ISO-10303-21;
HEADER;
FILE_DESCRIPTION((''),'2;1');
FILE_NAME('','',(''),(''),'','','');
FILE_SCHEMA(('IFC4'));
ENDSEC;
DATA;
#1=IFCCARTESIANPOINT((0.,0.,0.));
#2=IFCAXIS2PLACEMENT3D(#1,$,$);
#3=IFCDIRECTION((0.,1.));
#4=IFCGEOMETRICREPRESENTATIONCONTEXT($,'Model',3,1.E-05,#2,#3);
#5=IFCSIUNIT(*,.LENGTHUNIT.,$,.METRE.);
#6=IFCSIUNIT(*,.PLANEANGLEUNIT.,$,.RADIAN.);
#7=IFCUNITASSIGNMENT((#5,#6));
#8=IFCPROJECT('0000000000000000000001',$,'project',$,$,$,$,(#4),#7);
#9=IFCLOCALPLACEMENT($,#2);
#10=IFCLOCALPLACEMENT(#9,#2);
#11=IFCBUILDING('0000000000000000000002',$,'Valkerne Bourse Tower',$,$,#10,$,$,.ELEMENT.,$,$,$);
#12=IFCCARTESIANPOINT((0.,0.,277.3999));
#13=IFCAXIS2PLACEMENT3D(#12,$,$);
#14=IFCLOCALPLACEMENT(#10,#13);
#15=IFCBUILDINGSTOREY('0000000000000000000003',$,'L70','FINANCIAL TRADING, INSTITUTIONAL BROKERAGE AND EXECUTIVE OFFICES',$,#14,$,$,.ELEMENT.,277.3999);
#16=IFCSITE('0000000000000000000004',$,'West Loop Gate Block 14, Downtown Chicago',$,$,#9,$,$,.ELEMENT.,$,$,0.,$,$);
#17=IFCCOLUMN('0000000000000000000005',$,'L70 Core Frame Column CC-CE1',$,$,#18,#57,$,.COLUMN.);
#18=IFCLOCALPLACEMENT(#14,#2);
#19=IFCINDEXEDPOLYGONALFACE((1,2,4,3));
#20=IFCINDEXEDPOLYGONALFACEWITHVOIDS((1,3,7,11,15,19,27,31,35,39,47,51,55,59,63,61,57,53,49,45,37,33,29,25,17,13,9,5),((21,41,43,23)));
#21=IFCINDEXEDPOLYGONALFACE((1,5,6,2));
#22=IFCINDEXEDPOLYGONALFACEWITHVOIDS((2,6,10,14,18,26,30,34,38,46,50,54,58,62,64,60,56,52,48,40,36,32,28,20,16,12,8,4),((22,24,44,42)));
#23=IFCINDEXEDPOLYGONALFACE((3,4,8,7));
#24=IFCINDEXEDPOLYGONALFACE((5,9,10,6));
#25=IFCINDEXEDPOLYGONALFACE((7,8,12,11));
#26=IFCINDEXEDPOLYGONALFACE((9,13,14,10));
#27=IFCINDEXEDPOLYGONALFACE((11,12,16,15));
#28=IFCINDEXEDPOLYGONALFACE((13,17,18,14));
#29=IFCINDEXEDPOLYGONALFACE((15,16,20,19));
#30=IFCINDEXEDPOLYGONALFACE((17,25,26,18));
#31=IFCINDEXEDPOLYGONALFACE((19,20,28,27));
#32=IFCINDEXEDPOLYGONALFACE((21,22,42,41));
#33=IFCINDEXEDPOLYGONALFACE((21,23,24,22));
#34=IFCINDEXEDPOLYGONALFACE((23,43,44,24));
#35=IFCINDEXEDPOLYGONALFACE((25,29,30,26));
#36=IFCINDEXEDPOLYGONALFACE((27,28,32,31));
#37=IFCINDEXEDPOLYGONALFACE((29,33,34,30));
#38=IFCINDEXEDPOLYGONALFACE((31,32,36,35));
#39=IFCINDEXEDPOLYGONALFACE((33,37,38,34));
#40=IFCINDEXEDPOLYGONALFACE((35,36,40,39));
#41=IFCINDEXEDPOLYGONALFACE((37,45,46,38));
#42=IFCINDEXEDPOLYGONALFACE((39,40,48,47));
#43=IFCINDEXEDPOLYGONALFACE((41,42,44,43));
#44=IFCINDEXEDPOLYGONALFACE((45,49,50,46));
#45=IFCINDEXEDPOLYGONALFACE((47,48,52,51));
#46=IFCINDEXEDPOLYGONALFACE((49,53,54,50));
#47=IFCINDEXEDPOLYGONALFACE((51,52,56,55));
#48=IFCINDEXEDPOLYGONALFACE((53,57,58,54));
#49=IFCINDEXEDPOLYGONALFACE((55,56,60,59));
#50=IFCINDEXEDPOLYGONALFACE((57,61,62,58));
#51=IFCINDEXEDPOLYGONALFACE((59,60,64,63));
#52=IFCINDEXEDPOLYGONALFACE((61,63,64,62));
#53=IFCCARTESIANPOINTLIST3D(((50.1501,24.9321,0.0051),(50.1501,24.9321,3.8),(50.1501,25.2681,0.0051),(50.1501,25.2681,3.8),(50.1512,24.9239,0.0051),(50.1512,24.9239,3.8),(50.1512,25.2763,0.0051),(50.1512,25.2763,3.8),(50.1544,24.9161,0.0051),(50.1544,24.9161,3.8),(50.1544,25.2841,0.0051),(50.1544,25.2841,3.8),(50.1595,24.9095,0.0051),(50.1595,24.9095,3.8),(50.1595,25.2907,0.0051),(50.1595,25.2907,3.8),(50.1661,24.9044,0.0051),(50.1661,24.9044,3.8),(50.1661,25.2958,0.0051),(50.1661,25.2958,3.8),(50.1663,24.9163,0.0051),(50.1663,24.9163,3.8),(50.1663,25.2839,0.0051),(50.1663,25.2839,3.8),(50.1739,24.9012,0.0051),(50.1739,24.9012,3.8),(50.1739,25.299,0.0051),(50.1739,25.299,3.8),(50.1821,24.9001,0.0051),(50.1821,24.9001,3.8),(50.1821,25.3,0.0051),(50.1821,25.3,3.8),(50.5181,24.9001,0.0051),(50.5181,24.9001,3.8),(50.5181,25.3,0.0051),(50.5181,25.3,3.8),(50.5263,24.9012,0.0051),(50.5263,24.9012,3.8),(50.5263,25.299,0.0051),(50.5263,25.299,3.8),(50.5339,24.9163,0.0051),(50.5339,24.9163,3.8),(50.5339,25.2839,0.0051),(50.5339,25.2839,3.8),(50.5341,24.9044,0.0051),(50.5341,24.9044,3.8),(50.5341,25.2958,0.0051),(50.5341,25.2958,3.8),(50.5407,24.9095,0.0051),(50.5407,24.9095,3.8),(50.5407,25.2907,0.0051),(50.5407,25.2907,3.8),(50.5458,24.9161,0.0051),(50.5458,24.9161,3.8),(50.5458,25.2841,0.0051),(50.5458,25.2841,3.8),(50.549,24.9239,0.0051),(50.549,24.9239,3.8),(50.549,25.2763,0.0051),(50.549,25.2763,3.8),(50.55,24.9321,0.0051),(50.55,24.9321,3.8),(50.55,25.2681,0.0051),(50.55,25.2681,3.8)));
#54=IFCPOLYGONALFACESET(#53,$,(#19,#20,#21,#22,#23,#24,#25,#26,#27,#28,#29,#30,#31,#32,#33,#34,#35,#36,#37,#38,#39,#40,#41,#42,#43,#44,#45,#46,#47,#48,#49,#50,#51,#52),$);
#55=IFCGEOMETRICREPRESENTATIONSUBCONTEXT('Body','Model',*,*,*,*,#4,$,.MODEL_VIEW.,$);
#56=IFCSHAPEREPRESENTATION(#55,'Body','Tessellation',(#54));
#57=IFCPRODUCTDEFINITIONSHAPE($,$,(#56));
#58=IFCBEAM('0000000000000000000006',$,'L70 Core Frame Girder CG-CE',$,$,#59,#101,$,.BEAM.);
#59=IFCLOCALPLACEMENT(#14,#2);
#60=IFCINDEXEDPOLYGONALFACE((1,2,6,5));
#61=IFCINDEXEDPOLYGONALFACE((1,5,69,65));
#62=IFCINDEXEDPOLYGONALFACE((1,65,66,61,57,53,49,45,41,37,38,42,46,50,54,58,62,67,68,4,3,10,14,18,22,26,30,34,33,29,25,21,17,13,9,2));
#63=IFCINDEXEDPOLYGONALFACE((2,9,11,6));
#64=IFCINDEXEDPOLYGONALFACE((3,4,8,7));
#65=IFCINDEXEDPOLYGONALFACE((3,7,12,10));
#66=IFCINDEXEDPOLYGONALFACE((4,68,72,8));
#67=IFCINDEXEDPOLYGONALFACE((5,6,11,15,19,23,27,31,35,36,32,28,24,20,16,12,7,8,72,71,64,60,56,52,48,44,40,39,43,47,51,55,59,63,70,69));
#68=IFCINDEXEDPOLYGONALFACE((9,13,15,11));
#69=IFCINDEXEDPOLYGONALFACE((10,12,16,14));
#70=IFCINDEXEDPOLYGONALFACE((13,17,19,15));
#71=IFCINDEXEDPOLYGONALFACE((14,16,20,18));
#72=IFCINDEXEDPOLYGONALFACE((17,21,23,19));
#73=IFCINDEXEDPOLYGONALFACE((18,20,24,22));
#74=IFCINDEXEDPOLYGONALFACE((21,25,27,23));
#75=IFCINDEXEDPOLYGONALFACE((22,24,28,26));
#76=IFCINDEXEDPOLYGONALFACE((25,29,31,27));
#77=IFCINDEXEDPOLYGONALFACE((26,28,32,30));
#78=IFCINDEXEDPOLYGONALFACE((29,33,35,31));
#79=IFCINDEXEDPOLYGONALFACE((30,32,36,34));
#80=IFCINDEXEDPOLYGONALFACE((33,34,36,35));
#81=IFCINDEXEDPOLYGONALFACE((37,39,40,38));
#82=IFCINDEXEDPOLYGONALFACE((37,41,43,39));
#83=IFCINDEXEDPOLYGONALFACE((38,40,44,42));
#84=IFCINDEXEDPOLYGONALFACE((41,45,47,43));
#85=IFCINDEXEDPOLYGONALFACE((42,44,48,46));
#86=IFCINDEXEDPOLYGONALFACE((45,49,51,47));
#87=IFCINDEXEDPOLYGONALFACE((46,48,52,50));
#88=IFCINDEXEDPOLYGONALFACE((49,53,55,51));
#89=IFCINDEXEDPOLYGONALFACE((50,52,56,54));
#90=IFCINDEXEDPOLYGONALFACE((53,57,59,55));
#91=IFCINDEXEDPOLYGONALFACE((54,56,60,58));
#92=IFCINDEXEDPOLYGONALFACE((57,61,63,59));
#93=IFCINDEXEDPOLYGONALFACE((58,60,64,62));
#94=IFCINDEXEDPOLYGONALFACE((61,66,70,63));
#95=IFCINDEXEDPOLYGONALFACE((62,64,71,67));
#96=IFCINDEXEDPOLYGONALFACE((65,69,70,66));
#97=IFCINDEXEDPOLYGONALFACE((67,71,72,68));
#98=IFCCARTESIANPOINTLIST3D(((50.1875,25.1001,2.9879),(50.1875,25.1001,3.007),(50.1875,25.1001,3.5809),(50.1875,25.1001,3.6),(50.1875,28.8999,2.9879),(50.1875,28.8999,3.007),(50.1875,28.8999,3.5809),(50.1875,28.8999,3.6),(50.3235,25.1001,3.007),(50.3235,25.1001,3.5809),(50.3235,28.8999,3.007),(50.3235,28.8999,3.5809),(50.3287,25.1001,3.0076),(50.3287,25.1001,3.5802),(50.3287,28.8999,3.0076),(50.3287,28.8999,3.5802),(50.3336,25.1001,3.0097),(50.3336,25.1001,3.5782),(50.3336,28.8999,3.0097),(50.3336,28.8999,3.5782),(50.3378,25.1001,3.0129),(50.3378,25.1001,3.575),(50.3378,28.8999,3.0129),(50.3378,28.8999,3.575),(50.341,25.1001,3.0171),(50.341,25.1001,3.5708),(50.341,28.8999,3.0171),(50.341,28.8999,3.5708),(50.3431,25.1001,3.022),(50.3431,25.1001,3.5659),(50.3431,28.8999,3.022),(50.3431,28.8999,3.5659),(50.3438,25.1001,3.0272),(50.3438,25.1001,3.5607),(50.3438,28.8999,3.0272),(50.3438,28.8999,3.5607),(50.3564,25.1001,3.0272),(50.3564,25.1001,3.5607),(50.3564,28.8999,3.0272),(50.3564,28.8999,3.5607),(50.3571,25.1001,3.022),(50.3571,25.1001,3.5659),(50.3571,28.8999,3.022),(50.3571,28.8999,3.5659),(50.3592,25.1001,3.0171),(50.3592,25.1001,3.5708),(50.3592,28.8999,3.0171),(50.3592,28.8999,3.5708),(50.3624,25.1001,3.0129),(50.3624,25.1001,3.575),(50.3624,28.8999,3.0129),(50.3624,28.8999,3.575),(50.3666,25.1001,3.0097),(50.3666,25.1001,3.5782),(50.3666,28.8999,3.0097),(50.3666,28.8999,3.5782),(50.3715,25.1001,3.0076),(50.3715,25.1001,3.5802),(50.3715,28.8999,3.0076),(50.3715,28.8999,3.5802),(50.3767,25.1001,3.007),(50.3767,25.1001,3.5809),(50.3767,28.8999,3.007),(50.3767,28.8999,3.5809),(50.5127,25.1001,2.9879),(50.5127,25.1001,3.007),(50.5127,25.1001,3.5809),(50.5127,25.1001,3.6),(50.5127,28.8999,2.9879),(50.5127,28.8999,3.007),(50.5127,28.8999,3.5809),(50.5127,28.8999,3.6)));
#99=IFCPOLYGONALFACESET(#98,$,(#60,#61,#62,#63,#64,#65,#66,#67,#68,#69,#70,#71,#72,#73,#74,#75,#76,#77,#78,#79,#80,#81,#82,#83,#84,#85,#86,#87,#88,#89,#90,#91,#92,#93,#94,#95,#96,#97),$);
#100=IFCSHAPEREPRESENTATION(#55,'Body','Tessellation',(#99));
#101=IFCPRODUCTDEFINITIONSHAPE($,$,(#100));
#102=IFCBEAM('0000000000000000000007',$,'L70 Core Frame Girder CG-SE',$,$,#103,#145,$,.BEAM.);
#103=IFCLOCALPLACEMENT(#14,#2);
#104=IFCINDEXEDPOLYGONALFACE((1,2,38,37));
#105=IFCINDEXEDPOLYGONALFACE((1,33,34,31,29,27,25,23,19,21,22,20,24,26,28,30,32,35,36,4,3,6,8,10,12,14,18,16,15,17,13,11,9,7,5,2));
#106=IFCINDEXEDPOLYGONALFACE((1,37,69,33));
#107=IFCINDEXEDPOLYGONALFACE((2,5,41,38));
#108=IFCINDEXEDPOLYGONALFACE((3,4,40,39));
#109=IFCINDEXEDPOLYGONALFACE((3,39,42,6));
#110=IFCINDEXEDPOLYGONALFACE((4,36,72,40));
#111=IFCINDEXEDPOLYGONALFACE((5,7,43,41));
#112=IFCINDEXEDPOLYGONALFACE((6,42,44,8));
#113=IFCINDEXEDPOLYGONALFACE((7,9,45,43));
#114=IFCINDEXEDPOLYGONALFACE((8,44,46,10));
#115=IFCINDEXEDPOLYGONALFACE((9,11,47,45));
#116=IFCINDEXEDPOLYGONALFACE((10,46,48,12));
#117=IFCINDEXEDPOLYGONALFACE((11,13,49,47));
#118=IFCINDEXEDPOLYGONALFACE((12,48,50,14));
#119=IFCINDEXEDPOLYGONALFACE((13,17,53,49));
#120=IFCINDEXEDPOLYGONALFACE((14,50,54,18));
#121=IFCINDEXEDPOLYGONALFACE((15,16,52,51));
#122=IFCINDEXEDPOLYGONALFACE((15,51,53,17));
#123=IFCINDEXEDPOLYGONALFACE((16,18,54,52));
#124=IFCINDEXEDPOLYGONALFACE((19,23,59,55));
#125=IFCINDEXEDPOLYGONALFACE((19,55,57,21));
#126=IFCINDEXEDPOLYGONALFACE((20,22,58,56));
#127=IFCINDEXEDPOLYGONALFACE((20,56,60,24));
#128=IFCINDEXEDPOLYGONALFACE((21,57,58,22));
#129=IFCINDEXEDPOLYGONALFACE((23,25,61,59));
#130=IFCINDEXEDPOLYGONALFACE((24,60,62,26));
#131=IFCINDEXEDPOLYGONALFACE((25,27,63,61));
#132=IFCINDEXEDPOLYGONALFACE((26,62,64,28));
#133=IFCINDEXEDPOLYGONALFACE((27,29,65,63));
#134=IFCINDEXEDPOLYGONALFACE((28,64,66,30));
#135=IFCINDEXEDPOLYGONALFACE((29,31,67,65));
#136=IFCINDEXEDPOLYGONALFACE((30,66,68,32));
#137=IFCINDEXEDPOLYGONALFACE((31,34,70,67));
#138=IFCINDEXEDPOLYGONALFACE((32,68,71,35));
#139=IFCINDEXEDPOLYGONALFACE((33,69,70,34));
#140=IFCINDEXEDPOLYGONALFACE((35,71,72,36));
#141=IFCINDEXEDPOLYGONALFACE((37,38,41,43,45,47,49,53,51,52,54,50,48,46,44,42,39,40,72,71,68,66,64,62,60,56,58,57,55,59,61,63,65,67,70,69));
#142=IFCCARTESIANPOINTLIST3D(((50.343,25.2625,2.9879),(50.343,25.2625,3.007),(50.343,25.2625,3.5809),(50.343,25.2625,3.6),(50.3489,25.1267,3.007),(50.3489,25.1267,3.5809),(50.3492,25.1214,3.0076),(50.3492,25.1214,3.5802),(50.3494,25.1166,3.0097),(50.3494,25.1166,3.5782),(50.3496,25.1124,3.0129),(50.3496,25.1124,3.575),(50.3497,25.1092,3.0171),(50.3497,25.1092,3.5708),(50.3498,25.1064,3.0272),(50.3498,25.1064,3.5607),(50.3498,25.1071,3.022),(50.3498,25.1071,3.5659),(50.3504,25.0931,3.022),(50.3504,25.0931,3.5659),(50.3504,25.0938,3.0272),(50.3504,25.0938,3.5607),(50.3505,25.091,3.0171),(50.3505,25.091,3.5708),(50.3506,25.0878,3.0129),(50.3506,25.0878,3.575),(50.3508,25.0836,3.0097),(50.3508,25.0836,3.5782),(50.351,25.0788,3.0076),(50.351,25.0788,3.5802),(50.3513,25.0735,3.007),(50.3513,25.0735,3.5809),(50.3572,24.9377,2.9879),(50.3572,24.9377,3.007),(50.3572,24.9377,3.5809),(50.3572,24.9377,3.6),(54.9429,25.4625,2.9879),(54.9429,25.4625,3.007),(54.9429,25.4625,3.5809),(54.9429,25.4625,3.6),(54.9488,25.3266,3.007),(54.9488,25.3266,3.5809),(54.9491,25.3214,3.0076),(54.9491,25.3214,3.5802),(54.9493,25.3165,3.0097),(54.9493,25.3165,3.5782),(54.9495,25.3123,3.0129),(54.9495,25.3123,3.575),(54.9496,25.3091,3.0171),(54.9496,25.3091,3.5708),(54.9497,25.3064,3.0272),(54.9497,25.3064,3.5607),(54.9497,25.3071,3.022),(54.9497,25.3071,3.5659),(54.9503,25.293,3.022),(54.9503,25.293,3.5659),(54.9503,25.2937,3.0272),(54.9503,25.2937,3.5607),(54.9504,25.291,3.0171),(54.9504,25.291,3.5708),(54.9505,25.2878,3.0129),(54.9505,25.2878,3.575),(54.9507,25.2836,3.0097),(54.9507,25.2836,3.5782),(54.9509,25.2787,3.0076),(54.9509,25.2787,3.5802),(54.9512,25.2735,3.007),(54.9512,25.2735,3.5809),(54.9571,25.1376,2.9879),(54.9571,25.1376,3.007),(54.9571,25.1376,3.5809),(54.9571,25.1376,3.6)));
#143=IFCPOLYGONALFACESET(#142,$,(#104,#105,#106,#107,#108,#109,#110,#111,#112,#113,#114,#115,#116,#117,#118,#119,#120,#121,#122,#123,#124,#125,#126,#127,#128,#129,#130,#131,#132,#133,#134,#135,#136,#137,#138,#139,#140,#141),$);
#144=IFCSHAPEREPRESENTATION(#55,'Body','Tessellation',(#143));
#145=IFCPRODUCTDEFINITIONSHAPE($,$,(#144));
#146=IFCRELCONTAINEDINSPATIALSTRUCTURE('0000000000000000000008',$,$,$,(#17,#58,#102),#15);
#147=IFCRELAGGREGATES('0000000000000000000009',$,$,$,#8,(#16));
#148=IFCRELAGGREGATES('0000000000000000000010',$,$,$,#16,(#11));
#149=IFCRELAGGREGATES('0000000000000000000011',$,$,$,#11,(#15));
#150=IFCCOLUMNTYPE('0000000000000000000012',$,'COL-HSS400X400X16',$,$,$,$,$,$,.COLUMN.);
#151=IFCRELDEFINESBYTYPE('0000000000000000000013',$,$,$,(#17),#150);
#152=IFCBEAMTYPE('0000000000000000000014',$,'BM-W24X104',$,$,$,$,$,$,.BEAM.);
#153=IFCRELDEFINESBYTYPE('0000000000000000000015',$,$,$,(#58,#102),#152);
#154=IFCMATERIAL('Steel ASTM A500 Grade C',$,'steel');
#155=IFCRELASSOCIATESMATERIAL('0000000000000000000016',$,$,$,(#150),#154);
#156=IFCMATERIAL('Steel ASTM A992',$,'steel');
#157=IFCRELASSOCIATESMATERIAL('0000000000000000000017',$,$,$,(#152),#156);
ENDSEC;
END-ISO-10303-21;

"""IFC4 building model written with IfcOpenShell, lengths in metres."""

from ifc_helpers import new_model, si_unit, direction, frame, origin, origin_2d, place, context, subcontext, project, spatial, hollow_rectangle, i_section, extrude, material, material_profile, profile_set, type_object, element, save


model = new_model("IFC4")

# Units and contexts
model_context = context("Model", 3, precision=1e-05, world=origin(), true_north=direction((0.0, 1.0)))
body_context = subcontext(model_context, "Body", "Model", "MODEL_VIEW")
ifc_project = project(units=[si_unit("LENGTHUNIT", "METRE"), si_unit("PLANEANGLEUNIT", "RADIAN")], contexts=[model_context])

# Site, building, storey
site_placement = place(None, origin())
site = spatial("IfcSite", under=ifc_project, at=site_placement, Name="West Loop Gate Block 14, Downtown Chicago", CompositionType="ELEMENT", RefElevation=0.0)
building_placement = place(site_placement, origin())
building = spatial("IfcBuilding", under=site, at=building_placement, Name="Valkerne Bourse Tower", CompositionType="ELEMENT")
storey_placement = place(building_placement, frame((0.0, 0.0, 277.3999)))
storey = spatial("IfcBuildingStorey", under=building, at=storey_placement, Name="L70", Description="FINANCIAL TRADING, INSTITUTIONAL BROKERAGE AND EXECUTIVE OFFICES", CompositionType="ELEMENT", Elevation=277.3999)

# Column
ifc_material_1 = material(Name="Steel ASTM A500 Grade C", Category="steel")
ifc_material_profile_1 = material_profile(ifc_material_1, hollow_rectangle(XDim=0.3999, YDim=0.3999, WallThickness=0.0161, OuterFilletRadius=0.032, at=origin_2d()), Name="HSS400X400X16")
ifc_profile_set_1 = profile_set([ifc_material_profile_1], Name="Steel ASTM A500 Grade C")
column_type = type_object("IfcColumnType", Name="COL-HSS400X400X16", PredefinedType="COLUMN", material=ifc_profile_set_1)
column_placement = place(storey_placement, frame((50.3501, 25.1001, 0.0051), z_axis=(0.0, 0.0, 1.0), x_axis=(1.0, 0.0, 0.0)))
element("IfcColumn", 1, at=column_placement, inside=storey, type_object=column_type, Name="L70 Core Frame Column CC-CE1", PredefinedType="COLUMN", context=body_context, shape_type="SweptSolid", body=[
    extrude(hollow_rectangle(XDim=0.3999, YDim=0.3999, WallThickness=0.0161, OuterFilletRadius=0.032, at=origin_2d()), origin(), (0.0, 0.0, 1.0), 3.7949),
])

# Beams
ifc_material_2 = material(Name="Steel ASTM A992", Category="steel")
ifc_material_profile_2 = material_profile(ifc_material_2, i_section(OverallWidth=0.3252, OverallDepth=0.6121, WebThickness=0.0127, FlangeThickness=0.019, FilletRadius=0.0203, at=origin_2d()), Name="W24X104")
ifc_profile_set_2 = profile_set([ifc_material_profile_2], Name="Steel ASTM A992")
beam_type = type_object("IfcBeamType", Name="BM-W24X104", PredefinedType="BEAM", material=ifc_profile_set_2)
beam_1_placement = place(storey_placement, frame((50.3501, 25.1001, 3.2939), z_axis=(0.0, 1.0, 0.0), x_axis=(-1.0, 0.0, 0.0)))
element("IfcBeam", 2, at=beam_1_placement, inside=storey, type_object=beam_type, Name="L70 Core Frame Girder CG-CE", PredefinedType="BEAM", context=body_context, shape_type="SweptSolid", body=[
    extrude(i_section(OverallWidth=0.3252, OverallDepth=0.6121, WebThickness=0.0127, FlangeThickness=0.019, FilletRadius=0.0203, at=origin_2d()), origin(), (0.0, 0.0, 1.0), 3.7998),
])
beam_2_placement = place(storey_placement, frame((50.3501, 25.1001, 3.2939), z_axis=(0.999057, 0.043428, 0.0), x_axis=(-0.043428, 0.999057, 0.0)))
element("IfcBeam", 3, at=beam_2_placement, inside=storey, type_object=beam_type, Name="L70 Core Frame Girder CG-SE", PredefinedType="BEAM", context=body_context, shape_type="SweptSolid", body=[
    extrude(i_section(OverallWidth=0.3252, OverallDepth=0.6121, WebThickness=0.0127, FlangeThickness=0.019, FilletRadius=0.0203, at=origin_2d()), origin(), (0.0, 0.0, 1.0), 4.6042),
])

save(model, "model.ifc")
